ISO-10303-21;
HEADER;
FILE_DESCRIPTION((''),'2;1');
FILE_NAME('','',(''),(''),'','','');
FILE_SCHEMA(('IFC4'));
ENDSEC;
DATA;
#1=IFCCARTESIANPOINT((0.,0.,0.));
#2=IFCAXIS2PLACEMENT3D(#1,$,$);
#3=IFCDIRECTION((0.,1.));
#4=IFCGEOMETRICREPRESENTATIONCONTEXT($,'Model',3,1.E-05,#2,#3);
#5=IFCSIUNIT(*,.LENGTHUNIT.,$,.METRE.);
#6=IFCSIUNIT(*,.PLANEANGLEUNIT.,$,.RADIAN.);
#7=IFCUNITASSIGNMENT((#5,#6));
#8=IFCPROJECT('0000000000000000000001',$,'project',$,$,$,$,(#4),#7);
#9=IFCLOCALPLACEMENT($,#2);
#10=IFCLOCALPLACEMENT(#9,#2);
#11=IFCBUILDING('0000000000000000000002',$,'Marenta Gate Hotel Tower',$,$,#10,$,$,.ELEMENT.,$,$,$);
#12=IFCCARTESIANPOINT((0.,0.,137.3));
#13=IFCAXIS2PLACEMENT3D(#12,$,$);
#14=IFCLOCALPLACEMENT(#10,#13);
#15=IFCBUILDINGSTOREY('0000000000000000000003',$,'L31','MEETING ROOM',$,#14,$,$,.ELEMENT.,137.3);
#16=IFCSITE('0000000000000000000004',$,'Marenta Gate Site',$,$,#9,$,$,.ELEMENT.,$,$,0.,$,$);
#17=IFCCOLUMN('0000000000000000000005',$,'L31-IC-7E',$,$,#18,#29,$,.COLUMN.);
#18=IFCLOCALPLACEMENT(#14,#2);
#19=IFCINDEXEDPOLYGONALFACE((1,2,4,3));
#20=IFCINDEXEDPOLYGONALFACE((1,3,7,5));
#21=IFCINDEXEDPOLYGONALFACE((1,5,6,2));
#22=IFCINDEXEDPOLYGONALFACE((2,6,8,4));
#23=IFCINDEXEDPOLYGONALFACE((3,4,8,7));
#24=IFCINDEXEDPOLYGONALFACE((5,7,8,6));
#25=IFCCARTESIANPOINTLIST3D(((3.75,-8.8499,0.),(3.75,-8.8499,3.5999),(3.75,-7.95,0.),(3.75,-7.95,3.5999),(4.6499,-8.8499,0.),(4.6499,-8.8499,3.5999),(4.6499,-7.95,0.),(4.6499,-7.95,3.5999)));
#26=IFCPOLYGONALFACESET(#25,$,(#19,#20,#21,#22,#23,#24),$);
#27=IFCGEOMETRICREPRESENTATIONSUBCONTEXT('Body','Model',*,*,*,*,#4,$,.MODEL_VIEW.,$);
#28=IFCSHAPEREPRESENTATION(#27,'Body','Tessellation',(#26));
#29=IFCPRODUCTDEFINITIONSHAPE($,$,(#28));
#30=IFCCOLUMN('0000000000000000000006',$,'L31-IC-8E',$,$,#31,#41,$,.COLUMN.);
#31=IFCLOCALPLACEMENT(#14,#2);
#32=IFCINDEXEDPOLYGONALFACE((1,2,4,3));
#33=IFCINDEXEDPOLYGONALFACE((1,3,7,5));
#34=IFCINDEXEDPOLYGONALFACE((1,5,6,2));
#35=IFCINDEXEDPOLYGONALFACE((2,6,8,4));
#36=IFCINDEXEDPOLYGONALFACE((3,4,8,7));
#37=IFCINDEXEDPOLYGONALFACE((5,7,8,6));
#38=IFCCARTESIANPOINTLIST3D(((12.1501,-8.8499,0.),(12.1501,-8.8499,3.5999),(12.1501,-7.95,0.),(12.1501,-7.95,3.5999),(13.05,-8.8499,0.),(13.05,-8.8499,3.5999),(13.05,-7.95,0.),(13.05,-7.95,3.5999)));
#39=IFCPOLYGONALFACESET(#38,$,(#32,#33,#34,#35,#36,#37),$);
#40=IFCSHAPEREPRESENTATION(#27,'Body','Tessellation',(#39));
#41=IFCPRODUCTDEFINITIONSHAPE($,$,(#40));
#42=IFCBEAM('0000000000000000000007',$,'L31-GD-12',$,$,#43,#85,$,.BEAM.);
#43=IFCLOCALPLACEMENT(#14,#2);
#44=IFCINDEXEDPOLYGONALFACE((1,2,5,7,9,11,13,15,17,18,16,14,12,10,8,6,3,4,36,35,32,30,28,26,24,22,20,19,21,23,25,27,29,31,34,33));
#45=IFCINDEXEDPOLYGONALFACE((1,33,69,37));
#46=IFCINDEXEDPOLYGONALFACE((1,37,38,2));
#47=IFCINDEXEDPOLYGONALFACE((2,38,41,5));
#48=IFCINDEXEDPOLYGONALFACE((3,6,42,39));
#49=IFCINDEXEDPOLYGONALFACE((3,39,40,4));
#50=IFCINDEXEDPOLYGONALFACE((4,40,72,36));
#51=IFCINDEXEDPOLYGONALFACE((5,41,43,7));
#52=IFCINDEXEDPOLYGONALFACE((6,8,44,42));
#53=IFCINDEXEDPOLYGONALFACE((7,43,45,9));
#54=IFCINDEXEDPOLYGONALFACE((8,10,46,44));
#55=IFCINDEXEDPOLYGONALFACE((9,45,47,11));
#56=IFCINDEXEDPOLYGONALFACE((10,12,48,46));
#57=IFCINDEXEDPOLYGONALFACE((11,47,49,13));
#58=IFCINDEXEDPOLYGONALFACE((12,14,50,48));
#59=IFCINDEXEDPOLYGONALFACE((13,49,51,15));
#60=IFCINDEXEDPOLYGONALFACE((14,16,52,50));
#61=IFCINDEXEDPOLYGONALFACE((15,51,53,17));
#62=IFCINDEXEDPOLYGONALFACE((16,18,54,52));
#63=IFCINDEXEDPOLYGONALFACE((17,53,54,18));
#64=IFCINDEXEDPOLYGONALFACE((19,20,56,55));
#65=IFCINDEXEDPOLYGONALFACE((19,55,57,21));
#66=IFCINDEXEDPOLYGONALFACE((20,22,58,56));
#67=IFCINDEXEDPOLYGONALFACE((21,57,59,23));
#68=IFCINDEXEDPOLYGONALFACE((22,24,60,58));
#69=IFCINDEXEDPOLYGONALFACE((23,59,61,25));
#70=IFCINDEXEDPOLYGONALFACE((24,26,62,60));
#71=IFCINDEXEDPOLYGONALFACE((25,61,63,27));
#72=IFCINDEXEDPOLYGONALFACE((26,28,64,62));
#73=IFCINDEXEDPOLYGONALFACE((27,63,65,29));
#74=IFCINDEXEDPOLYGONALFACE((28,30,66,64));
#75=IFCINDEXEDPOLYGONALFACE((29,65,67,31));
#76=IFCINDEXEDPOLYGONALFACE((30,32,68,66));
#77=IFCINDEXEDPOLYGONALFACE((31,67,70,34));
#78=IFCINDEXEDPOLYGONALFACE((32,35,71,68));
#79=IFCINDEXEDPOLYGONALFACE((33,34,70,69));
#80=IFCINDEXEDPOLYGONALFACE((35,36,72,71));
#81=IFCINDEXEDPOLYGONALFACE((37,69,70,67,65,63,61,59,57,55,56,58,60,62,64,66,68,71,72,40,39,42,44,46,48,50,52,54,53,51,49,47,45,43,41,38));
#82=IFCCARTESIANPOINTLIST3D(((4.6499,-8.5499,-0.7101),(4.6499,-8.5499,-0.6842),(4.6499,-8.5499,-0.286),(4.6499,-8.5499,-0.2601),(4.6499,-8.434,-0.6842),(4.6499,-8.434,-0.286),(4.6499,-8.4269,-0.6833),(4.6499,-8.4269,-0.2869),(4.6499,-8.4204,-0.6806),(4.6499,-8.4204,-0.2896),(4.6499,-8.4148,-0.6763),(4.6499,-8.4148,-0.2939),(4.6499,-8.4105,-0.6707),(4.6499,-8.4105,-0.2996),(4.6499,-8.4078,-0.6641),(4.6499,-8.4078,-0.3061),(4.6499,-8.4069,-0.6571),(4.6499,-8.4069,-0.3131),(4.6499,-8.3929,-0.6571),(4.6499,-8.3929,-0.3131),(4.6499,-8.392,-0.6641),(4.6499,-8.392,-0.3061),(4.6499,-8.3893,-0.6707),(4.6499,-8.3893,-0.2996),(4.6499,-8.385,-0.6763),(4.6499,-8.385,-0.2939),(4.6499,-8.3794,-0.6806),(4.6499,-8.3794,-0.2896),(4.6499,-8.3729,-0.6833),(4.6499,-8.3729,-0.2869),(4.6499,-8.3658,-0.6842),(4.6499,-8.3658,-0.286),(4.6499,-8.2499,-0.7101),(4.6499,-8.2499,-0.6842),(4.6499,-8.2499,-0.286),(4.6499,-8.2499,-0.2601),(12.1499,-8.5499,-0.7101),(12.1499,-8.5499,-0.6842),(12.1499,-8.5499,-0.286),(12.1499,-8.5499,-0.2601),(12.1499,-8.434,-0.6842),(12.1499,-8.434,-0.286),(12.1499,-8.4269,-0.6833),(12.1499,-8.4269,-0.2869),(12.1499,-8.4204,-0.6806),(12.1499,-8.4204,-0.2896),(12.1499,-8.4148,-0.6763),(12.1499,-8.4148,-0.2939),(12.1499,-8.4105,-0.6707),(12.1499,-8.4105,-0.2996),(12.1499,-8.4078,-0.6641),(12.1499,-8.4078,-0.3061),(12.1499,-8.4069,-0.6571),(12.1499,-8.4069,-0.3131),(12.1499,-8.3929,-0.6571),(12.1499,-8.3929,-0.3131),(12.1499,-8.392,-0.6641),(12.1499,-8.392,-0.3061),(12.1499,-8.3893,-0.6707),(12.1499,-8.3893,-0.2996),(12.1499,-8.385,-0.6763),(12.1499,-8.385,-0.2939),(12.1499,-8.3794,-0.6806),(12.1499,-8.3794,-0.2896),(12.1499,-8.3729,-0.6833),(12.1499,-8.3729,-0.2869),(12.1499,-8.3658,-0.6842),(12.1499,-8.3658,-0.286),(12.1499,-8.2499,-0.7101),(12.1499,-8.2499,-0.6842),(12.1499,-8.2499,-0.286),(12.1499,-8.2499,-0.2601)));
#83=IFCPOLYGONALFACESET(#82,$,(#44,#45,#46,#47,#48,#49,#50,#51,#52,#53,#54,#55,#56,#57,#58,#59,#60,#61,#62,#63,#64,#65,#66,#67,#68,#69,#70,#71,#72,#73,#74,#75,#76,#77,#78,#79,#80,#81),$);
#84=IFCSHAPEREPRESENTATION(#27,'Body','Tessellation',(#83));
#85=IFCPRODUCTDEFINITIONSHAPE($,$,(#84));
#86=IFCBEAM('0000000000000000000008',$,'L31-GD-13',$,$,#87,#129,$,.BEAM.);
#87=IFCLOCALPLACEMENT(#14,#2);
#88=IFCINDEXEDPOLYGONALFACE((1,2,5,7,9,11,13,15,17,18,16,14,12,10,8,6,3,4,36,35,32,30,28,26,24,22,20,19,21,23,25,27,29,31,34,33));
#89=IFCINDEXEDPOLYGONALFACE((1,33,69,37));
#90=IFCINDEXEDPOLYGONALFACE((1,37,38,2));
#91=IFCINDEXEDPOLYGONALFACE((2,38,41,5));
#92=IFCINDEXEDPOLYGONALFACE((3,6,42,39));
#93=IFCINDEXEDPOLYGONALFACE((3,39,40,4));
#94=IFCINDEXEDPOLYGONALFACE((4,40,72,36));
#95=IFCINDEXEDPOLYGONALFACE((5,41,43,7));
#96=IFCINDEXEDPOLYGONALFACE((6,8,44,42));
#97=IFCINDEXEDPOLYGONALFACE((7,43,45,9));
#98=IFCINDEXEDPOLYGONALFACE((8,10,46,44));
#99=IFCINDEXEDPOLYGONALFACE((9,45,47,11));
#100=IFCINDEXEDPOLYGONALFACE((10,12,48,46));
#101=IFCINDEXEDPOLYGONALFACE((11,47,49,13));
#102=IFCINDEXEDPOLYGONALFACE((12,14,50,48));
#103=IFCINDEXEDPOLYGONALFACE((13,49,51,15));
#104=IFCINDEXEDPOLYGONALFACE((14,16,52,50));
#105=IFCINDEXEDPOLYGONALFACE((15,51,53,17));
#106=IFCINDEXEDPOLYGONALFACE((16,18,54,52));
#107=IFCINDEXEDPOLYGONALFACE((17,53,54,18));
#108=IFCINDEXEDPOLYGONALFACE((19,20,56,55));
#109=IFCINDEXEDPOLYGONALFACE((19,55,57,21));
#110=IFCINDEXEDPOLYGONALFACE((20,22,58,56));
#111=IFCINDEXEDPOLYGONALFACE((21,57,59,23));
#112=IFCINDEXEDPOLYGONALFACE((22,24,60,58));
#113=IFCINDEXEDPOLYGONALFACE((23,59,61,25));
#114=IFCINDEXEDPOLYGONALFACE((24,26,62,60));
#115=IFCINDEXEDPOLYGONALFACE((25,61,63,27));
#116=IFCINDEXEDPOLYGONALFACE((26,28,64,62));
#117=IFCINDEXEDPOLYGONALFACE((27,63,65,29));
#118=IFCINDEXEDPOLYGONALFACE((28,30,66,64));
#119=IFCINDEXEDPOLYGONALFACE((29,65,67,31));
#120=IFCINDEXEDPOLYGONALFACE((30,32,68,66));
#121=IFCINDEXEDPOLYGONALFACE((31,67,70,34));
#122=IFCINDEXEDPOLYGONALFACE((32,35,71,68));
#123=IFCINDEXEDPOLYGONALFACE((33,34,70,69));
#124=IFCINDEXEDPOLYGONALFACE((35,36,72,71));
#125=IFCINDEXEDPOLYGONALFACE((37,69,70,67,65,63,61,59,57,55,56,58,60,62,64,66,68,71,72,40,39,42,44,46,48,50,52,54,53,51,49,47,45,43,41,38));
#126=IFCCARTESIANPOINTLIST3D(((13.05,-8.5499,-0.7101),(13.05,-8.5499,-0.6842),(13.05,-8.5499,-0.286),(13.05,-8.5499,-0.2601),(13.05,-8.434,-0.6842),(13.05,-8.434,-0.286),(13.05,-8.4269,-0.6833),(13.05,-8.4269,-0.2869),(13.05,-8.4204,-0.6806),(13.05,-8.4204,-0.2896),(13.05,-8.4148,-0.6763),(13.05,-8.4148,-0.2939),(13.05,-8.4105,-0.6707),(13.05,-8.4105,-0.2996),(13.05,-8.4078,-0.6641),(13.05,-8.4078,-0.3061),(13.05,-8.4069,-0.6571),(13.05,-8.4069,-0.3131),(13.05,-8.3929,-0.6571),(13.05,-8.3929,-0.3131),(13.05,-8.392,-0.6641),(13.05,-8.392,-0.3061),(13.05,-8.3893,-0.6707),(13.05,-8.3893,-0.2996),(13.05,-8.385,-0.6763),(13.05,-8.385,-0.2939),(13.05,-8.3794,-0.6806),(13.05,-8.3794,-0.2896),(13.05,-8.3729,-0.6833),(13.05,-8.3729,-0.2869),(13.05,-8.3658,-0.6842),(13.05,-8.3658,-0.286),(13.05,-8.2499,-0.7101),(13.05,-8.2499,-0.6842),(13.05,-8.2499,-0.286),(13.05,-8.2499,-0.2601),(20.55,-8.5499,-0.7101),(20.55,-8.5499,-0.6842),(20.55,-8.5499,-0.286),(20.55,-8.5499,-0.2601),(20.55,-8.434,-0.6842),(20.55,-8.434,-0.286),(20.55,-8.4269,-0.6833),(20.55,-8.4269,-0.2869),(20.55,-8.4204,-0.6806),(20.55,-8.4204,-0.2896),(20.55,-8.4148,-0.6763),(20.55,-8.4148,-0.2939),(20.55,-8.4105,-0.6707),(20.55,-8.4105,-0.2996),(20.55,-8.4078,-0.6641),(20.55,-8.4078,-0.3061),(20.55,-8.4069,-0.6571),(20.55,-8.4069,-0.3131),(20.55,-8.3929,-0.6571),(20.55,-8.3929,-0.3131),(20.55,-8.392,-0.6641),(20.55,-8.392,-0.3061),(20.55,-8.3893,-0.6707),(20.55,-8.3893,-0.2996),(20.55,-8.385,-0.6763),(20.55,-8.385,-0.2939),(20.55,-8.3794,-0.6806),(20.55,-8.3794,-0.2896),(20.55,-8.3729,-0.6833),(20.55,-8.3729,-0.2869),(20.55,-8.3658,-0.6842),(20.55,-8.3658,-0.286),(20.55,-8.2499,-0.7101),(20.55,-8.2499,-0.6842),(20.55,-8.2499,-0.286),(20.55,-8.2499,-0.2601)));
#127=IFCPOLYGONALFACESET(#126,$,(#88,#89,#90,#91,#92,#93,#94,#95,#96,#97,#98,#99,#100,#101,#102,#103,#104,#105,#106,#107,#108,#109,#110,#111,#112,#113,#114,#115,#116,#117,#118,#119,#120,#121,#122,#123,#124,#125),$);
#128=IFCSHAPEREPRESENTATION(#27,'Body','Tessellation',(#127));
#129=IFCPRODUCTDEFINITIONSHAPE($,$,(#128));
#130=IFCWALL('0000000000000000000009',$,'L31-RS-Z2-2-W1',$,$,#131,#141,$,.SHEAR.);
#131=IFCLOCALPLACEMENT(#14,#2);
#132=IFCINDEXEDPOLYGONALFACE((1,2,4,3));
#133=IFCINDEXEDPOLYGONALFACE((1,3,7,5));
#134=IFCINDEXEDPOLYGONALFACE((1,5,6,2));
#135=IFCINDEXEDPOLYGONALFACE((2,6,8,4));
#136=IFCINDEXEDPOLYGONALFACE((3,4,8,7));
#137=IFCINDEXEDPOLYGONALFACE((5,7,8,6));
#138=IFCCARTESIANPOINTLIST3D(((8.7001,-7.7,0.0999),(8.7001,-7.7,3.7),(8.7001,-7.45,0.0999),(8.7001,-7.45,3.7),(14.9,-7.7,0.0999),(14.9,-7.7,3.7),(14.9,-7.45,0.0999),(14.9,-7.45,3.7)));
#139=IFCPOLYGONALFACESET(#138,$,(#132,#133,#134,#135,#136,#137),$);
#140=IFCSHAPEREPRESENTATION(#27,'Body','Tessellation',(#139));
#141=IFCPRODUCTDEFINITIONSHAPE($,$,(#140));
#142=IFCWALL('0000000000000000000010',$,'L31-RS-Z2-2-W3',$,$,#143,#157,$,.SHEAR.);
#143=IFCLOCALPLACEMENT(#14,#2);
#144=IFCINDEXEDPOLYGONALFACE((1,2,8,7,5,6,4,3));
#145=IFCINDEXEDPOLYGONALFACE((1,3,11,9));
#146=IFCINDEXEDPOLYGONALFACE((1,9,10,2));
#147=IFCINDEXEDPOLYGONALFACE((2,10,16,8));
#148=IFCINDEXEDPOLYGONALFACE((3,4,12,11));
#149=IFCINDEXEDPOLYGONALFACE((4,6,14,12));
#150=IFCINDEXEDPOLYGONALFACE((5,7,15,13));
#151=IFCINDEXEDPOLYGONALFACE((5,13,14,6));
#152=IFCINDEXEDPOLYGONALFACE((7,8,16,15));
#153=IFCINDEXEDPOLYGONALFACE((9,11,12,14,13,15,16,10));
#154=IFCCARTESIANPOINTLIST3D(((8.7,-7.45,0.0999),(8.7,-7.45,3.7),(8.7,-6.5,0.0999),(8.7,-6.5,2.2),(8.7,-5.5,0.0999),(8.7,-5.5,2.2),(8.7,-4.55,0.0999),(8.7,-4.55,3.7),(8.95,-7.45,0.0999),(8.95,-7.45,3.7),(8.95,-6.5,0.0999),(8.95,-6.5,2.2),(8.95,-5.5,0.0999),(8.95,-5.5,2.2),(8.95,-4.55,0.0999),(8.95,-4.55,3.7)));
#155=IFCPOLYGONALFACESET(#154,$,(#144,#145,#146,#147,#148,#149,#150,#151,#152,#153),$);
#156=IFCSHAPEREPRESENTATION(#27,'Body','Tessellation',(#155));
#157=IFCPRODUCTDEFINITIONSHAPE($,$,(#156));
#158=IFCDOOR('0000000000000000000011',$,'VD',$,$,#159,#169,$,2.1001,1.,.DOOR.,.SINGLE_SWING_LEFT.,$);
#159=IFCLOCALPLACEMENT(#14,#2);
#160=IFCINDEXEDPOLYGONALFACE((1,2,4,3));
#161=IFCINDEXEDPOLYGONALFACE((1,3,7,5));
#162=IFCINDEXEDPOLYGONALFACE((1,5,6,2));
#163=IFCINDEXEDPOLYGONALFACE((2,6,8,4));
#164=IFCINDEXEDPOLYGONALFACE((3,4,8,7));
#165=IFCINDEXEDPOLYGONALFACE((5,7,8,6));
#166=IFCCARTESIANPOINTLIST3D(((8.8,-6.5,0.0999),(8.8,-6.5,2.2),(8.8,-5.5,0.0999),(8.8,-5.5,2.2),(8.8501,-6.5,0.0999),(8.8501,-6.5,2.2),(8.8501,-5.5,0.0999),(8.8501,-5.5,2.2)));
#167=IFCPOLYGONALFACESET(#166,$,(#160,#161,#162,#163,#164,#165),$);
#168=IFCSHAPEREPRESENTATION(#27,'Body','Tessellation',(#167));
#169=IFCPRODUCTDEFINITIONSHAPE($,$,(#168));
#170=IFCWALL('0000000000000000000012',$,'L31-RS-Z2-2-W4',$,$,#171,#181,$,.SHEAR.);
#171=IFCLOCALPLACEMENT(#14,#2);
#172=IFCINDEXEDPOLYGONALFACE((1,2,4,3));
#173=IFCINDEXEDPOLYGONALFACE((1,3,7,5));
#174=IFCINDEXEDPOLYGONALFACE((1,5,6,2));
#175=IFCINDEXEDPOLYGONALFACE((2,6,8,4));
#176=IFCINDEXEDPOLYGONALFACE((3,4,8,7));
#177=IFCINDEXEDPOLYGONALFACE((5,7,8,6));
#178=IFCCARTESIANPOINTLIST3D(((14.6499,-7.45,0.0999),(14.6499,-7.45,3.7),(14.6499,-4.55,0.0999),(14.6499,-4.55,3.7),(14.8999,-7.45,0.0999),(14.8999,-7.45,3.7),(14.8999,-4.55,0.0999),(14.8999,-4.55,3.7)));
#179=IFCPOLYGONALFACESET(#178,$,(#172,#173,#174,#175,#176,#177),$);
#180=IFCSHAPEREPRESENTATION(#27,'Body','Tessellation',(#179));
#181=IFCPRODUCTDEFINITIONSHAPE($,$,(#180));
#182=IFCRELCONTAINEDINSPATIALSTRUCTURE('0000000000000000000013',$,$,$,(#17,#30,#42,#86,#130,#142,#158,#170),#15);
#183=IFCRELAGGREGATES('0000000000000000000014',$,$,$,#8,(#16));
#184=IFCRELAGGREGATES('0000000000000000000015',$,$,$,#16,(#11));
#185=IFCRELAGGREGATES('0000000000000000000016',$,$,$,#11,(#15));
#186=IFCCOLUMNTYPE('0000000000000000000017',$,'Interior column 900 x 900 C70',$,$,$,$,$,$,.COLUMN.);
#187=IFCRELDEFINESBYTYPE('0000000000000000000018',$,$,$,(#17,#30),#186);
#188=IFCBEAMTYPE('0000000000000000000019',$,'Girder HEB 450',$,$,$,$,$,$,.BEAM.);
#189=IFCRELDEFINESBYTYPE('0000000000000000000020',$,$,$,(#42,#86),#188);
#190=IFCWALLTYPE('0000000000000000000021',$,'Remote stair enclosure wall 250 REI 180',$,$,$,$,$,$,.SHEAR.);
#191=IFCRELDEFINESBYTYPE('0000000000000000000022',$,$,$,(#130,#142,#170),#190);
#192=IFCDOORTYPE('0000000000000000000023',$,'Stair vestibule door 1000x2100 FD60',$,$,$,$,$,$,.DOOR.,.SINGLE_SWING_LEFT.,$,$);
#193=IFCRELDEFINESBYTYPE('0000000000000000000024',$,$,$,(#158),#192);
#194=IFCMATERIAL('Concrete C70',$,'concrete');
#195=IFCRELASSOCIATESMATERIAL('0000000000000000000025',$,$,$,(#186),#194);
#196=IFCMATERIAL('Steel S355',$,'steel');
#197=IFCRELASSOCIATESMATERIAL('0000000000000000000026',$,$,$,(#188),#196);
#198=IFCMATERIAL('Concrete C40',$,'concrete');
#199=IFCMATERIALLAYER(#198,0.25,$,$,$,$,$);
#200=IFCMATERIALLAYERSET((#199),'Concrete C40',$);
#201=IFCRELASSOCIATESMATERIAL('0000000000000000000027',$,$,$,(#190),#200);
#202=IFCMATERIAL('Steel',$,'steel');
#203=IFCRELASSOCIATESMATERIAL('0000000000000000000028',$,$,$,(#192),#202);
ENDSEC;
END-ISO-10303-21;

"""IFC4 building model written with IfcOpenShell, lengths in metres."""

from ifc_helpers import new_model, si_unit, direction, frame, frame_2d, origin, origin_2d, place, context, subcontext, project, spatial, rectangle, i_section, extrude, material, layer, layer_set, material_profile, profile_set, type_object, element, fill, save


model = new_model("IFC4")

# Units and contexts
model_context = context("Model", 3, precision=1e-05, world=origin(), true_north=direction((0.0, 1.0)))
body_context = subcontext(model_context, "Body", "Model", "MODEL_VIEW")
ifc_project = project(units=[si_unit("LENGTHUNIT", "METRE"), si_unit("PLANEANGLEUNIT", "RADIAN")], contexts=[model_context])

# Site, building, storey
site_placement = place(None, origin())
site = spatial("IfcSite", under=ifc_project, at=site_placement, Name="Marenta Gate Site", CompositionType="ELEMENT", RefElevation=0.0)
building_placement = place(site_placement, origin())
building = spatial("IfcBuilding", under=site, at=building_placement, Name="Marenta Gate Hotel Tower", CompositionType="ELEMENT")
storey_placement = place(building_placement, frame((0.0, 0.0, 137.3)))
storey = spatial("IfcBuildingStorey", under=building, at=storey_placement, Name="L31", Description="MEETING ROOM", CompositionType="ELEMENT", Elevation=137.3)

# Columns
ifc_material_1 = material(Name="Concrete C70", Category="concrete")
ifc_material_profile_1 = material_profile(ifc_material_1, rectangle(XDim=0.8999, YDim=0.8999, at=origin_2d()), Name="900 x 900")
ifc_profile_set_1 = profile_set([ifc_material_profile_1], Name="Concrete C70")
column_type = type_object("IfcColumnType", Name="Interior column 900 x 900 C70", PredefinedType="COLUMN", material=ifc_profile_set_1)
for number, where, z_axis, x_axis, name in (
    (1, (4.2, -8.3999, 0.0), (0.0, 0.0, 1.0), (1.0, 0.0, 0.0), "L31-IC-7E"),
    (2, (12.6001, -8.3999, 0.0), (0.0, 0.0, 1.0), (1.0, 0.0, 0.0), "L31-IC-8E"),
):
    element("IfcColumn", number, at=place(storey_placement, frame(where, z_axis=z_axis, x_axis=x_axis)), inside=storey, type_object=column_type, Name=name, PredefinedType="COLUMN", context=body_context, shape_type="SweptSolid", body=[
        extrude(rectangle(XDim=0.8999, YDim=0.8999, at=origin_2d()), origin(), (0.0, 0.0, 1.0), 3.5999),
    ])

# Beams
ifc_material_2 = material(Name="Steel S355", Category="steel")
ifc_material_profile_2 = material_profile(ifc_material_2, i_section(OverallWidth=0.3, OverallDepth=0.45, WebThickness=0.0139, FlangeThickness=0.0259, FilletRadius=0.0271, at=origin_2d()), Name="HEB 450")
ifc_profile_set_2 = profile_set([ifc_material_profile_2], Name="Steel S355")
beam_type = type_object("IfcBeamType", Name="Girder HEB 450", PredefinedType="BEAM", material=ifc_profile_set_2)
for number, where, z_axis, x_axis, name in (
    (3, (4.6499, -8.3999, -0.4851), (1.0, 0.0, 0.0), (0.0, 1.0, 0.0), "L31-GD-12"),
    (4, (13.05, -8.3999, -0.4851), (1.0, 0.0, 0.0), (0.0, 1.0, 0.0), "L31-GD-13"),
):
    element("IfcBeam", number, at=place(storey_placement, frame(where, z_axis=z_axis, x_axis=x_axis)), inside=storey, type_object=beam_type, Name=name, PredefinedType="BEAM", context=body_context, shape_type="SweptSolid", body=[
        extrude(i_section(OverallWidth=0.3, OverallDepth=0.45, WebThickness=0.0139, FlangeThickness=0.0259, FilletRadius=0.0271, at=origin_2d()), origin(), (0.0, 0.0, 1.0), 7.5),
    ])

# Wall
ifc_material_3 = material(Name="Concrete C40", Category="concrete")
ifc_layer_1 = layer(ifc_material_3, 0.25)
ifc_layer_set_1 = layer_set([ifc_layer_1], Name="Concrete C40")
wall_type_1 = type_object("IfcWallType", Name="Remote stair enclosure wall 250 REI 180", PredefinedType="SHEAR", material=ifc_layer_set_1)
wall_1_placement = place(storey_placement, frame((8.7, -7.575, 0.0999), z_axis=(0.0, 0.0, 1.0), x_axis=(1.0, 0.0, 0.0)))
element("IfcWall", 5, at=wall_1_placement, inside=storey, type_object=wall_type_1, Name="L31-RS-Z2-2-W1", PredefinedType="SHEAR", context=body_context, shape_type="SweptSolid", body=[
    extrude(rectangle(XDim=6.2, YDim=0.25, at=frame_2d((3.1001, 0.0))), origin(), (0.0, 0.0, 1.0), 3.6001),
])

# Wall, opening, door
wall_2_placement = place(storey_placement, frame((8.825, -7.45, 0.0999), z_axis=(0.0, 0.0, 1.0), x_axis=(0.0, 1.0, 0.0)))
wall_2 = element("IfcWall", 6, at=wall_2_placement, inside=storey, type_object=wall_type_1, Name="L31-RS-Z2-2-W3", PredefinedType="SHEAR", context=body_context, shape_type="SweptSolid", body=[
    extrude(rectangle(XDim=2.8999, YDim=0.25, at=frame_2d((1.45, 0.0))), origin(), (0.0, 0.0, 1.0), 3.6001),
])
opening_1_placement = place(wall_2_placement, frame((0.95, 0.0, 0.0)))
opening_1 = element("IfcOpeningElement", 7, at=opening_1_placement, cuts=wall_2, PredefinedType="OPENING", context=body_context, shape_type="SweptSolid", body=[
    extrude(rectangle(XDim=1.0, YDim=2.1001, at=frame_2d((0.5, 1.05))), frame((0.0, 0.125, 0.0), z_axis=(0.0, -1.0, 0.0), x_axis=(1.0, 0.0, 0.0)), (0.0, 0.0, 1.0), 0.25),
])
ifc_material_4 = material(Name="Steel", Category="steel")
door_type_1 = type_object("IfcDoorType", Name="Stair vestibule door 1000x2100 FD60", OperationType="SINGLE_SWING_LEFT", PredefinedType="DOOR", material=ifc_material_4)
door_1_placement = place(opening_1_placement, origin())
door_1 = element("IfcDoor", 8, at=door_1_placement, inside=storey, type_object=door_type_1, Name="VD", OperationType="SINGLE_SWING_LEFT", OverallHeight=2.1001, OverallWidth=1.0, PredefinedType="DOOR", context=body_context, shape_type="SweptSolid", body=[
    extrude(rectangle(XDim=1.0, YDim=2.1001, at=frame_2d((0.5, 1.05))), frame((0.0, 0.0249, 0.0), z_axis=(0.0, -1.0, 0.0), x_axis=(1.0, 0.0, 0.0)), (0.0, 0.0, 1.0), 0.05),
])
fill(opening_1, door_1)

# Wall
wall_3_placement = place(storey_placement, frame((14.7749, -7.45, 0.0999), z_axis=(0.0, 0.0, 1.0), x_axis=(0.0, 1.0, 0.0)))
element("IfcWall", 9, at=wall_3_placement, inside=storey, type_object=wall_type_1, Name="L31-RS-Z2-2-W4", PredefinedType="SHEAR", context=body_context, shape_type="SweptSolid", body=[
    extrude(rectangle(XDim=2.8999, YDim=0.25, at=frame_2d((1.45, 0.0))), origin(), (0.0, 0.0, 1.0), 3.6001),
])

save(model, "model.ifc")
